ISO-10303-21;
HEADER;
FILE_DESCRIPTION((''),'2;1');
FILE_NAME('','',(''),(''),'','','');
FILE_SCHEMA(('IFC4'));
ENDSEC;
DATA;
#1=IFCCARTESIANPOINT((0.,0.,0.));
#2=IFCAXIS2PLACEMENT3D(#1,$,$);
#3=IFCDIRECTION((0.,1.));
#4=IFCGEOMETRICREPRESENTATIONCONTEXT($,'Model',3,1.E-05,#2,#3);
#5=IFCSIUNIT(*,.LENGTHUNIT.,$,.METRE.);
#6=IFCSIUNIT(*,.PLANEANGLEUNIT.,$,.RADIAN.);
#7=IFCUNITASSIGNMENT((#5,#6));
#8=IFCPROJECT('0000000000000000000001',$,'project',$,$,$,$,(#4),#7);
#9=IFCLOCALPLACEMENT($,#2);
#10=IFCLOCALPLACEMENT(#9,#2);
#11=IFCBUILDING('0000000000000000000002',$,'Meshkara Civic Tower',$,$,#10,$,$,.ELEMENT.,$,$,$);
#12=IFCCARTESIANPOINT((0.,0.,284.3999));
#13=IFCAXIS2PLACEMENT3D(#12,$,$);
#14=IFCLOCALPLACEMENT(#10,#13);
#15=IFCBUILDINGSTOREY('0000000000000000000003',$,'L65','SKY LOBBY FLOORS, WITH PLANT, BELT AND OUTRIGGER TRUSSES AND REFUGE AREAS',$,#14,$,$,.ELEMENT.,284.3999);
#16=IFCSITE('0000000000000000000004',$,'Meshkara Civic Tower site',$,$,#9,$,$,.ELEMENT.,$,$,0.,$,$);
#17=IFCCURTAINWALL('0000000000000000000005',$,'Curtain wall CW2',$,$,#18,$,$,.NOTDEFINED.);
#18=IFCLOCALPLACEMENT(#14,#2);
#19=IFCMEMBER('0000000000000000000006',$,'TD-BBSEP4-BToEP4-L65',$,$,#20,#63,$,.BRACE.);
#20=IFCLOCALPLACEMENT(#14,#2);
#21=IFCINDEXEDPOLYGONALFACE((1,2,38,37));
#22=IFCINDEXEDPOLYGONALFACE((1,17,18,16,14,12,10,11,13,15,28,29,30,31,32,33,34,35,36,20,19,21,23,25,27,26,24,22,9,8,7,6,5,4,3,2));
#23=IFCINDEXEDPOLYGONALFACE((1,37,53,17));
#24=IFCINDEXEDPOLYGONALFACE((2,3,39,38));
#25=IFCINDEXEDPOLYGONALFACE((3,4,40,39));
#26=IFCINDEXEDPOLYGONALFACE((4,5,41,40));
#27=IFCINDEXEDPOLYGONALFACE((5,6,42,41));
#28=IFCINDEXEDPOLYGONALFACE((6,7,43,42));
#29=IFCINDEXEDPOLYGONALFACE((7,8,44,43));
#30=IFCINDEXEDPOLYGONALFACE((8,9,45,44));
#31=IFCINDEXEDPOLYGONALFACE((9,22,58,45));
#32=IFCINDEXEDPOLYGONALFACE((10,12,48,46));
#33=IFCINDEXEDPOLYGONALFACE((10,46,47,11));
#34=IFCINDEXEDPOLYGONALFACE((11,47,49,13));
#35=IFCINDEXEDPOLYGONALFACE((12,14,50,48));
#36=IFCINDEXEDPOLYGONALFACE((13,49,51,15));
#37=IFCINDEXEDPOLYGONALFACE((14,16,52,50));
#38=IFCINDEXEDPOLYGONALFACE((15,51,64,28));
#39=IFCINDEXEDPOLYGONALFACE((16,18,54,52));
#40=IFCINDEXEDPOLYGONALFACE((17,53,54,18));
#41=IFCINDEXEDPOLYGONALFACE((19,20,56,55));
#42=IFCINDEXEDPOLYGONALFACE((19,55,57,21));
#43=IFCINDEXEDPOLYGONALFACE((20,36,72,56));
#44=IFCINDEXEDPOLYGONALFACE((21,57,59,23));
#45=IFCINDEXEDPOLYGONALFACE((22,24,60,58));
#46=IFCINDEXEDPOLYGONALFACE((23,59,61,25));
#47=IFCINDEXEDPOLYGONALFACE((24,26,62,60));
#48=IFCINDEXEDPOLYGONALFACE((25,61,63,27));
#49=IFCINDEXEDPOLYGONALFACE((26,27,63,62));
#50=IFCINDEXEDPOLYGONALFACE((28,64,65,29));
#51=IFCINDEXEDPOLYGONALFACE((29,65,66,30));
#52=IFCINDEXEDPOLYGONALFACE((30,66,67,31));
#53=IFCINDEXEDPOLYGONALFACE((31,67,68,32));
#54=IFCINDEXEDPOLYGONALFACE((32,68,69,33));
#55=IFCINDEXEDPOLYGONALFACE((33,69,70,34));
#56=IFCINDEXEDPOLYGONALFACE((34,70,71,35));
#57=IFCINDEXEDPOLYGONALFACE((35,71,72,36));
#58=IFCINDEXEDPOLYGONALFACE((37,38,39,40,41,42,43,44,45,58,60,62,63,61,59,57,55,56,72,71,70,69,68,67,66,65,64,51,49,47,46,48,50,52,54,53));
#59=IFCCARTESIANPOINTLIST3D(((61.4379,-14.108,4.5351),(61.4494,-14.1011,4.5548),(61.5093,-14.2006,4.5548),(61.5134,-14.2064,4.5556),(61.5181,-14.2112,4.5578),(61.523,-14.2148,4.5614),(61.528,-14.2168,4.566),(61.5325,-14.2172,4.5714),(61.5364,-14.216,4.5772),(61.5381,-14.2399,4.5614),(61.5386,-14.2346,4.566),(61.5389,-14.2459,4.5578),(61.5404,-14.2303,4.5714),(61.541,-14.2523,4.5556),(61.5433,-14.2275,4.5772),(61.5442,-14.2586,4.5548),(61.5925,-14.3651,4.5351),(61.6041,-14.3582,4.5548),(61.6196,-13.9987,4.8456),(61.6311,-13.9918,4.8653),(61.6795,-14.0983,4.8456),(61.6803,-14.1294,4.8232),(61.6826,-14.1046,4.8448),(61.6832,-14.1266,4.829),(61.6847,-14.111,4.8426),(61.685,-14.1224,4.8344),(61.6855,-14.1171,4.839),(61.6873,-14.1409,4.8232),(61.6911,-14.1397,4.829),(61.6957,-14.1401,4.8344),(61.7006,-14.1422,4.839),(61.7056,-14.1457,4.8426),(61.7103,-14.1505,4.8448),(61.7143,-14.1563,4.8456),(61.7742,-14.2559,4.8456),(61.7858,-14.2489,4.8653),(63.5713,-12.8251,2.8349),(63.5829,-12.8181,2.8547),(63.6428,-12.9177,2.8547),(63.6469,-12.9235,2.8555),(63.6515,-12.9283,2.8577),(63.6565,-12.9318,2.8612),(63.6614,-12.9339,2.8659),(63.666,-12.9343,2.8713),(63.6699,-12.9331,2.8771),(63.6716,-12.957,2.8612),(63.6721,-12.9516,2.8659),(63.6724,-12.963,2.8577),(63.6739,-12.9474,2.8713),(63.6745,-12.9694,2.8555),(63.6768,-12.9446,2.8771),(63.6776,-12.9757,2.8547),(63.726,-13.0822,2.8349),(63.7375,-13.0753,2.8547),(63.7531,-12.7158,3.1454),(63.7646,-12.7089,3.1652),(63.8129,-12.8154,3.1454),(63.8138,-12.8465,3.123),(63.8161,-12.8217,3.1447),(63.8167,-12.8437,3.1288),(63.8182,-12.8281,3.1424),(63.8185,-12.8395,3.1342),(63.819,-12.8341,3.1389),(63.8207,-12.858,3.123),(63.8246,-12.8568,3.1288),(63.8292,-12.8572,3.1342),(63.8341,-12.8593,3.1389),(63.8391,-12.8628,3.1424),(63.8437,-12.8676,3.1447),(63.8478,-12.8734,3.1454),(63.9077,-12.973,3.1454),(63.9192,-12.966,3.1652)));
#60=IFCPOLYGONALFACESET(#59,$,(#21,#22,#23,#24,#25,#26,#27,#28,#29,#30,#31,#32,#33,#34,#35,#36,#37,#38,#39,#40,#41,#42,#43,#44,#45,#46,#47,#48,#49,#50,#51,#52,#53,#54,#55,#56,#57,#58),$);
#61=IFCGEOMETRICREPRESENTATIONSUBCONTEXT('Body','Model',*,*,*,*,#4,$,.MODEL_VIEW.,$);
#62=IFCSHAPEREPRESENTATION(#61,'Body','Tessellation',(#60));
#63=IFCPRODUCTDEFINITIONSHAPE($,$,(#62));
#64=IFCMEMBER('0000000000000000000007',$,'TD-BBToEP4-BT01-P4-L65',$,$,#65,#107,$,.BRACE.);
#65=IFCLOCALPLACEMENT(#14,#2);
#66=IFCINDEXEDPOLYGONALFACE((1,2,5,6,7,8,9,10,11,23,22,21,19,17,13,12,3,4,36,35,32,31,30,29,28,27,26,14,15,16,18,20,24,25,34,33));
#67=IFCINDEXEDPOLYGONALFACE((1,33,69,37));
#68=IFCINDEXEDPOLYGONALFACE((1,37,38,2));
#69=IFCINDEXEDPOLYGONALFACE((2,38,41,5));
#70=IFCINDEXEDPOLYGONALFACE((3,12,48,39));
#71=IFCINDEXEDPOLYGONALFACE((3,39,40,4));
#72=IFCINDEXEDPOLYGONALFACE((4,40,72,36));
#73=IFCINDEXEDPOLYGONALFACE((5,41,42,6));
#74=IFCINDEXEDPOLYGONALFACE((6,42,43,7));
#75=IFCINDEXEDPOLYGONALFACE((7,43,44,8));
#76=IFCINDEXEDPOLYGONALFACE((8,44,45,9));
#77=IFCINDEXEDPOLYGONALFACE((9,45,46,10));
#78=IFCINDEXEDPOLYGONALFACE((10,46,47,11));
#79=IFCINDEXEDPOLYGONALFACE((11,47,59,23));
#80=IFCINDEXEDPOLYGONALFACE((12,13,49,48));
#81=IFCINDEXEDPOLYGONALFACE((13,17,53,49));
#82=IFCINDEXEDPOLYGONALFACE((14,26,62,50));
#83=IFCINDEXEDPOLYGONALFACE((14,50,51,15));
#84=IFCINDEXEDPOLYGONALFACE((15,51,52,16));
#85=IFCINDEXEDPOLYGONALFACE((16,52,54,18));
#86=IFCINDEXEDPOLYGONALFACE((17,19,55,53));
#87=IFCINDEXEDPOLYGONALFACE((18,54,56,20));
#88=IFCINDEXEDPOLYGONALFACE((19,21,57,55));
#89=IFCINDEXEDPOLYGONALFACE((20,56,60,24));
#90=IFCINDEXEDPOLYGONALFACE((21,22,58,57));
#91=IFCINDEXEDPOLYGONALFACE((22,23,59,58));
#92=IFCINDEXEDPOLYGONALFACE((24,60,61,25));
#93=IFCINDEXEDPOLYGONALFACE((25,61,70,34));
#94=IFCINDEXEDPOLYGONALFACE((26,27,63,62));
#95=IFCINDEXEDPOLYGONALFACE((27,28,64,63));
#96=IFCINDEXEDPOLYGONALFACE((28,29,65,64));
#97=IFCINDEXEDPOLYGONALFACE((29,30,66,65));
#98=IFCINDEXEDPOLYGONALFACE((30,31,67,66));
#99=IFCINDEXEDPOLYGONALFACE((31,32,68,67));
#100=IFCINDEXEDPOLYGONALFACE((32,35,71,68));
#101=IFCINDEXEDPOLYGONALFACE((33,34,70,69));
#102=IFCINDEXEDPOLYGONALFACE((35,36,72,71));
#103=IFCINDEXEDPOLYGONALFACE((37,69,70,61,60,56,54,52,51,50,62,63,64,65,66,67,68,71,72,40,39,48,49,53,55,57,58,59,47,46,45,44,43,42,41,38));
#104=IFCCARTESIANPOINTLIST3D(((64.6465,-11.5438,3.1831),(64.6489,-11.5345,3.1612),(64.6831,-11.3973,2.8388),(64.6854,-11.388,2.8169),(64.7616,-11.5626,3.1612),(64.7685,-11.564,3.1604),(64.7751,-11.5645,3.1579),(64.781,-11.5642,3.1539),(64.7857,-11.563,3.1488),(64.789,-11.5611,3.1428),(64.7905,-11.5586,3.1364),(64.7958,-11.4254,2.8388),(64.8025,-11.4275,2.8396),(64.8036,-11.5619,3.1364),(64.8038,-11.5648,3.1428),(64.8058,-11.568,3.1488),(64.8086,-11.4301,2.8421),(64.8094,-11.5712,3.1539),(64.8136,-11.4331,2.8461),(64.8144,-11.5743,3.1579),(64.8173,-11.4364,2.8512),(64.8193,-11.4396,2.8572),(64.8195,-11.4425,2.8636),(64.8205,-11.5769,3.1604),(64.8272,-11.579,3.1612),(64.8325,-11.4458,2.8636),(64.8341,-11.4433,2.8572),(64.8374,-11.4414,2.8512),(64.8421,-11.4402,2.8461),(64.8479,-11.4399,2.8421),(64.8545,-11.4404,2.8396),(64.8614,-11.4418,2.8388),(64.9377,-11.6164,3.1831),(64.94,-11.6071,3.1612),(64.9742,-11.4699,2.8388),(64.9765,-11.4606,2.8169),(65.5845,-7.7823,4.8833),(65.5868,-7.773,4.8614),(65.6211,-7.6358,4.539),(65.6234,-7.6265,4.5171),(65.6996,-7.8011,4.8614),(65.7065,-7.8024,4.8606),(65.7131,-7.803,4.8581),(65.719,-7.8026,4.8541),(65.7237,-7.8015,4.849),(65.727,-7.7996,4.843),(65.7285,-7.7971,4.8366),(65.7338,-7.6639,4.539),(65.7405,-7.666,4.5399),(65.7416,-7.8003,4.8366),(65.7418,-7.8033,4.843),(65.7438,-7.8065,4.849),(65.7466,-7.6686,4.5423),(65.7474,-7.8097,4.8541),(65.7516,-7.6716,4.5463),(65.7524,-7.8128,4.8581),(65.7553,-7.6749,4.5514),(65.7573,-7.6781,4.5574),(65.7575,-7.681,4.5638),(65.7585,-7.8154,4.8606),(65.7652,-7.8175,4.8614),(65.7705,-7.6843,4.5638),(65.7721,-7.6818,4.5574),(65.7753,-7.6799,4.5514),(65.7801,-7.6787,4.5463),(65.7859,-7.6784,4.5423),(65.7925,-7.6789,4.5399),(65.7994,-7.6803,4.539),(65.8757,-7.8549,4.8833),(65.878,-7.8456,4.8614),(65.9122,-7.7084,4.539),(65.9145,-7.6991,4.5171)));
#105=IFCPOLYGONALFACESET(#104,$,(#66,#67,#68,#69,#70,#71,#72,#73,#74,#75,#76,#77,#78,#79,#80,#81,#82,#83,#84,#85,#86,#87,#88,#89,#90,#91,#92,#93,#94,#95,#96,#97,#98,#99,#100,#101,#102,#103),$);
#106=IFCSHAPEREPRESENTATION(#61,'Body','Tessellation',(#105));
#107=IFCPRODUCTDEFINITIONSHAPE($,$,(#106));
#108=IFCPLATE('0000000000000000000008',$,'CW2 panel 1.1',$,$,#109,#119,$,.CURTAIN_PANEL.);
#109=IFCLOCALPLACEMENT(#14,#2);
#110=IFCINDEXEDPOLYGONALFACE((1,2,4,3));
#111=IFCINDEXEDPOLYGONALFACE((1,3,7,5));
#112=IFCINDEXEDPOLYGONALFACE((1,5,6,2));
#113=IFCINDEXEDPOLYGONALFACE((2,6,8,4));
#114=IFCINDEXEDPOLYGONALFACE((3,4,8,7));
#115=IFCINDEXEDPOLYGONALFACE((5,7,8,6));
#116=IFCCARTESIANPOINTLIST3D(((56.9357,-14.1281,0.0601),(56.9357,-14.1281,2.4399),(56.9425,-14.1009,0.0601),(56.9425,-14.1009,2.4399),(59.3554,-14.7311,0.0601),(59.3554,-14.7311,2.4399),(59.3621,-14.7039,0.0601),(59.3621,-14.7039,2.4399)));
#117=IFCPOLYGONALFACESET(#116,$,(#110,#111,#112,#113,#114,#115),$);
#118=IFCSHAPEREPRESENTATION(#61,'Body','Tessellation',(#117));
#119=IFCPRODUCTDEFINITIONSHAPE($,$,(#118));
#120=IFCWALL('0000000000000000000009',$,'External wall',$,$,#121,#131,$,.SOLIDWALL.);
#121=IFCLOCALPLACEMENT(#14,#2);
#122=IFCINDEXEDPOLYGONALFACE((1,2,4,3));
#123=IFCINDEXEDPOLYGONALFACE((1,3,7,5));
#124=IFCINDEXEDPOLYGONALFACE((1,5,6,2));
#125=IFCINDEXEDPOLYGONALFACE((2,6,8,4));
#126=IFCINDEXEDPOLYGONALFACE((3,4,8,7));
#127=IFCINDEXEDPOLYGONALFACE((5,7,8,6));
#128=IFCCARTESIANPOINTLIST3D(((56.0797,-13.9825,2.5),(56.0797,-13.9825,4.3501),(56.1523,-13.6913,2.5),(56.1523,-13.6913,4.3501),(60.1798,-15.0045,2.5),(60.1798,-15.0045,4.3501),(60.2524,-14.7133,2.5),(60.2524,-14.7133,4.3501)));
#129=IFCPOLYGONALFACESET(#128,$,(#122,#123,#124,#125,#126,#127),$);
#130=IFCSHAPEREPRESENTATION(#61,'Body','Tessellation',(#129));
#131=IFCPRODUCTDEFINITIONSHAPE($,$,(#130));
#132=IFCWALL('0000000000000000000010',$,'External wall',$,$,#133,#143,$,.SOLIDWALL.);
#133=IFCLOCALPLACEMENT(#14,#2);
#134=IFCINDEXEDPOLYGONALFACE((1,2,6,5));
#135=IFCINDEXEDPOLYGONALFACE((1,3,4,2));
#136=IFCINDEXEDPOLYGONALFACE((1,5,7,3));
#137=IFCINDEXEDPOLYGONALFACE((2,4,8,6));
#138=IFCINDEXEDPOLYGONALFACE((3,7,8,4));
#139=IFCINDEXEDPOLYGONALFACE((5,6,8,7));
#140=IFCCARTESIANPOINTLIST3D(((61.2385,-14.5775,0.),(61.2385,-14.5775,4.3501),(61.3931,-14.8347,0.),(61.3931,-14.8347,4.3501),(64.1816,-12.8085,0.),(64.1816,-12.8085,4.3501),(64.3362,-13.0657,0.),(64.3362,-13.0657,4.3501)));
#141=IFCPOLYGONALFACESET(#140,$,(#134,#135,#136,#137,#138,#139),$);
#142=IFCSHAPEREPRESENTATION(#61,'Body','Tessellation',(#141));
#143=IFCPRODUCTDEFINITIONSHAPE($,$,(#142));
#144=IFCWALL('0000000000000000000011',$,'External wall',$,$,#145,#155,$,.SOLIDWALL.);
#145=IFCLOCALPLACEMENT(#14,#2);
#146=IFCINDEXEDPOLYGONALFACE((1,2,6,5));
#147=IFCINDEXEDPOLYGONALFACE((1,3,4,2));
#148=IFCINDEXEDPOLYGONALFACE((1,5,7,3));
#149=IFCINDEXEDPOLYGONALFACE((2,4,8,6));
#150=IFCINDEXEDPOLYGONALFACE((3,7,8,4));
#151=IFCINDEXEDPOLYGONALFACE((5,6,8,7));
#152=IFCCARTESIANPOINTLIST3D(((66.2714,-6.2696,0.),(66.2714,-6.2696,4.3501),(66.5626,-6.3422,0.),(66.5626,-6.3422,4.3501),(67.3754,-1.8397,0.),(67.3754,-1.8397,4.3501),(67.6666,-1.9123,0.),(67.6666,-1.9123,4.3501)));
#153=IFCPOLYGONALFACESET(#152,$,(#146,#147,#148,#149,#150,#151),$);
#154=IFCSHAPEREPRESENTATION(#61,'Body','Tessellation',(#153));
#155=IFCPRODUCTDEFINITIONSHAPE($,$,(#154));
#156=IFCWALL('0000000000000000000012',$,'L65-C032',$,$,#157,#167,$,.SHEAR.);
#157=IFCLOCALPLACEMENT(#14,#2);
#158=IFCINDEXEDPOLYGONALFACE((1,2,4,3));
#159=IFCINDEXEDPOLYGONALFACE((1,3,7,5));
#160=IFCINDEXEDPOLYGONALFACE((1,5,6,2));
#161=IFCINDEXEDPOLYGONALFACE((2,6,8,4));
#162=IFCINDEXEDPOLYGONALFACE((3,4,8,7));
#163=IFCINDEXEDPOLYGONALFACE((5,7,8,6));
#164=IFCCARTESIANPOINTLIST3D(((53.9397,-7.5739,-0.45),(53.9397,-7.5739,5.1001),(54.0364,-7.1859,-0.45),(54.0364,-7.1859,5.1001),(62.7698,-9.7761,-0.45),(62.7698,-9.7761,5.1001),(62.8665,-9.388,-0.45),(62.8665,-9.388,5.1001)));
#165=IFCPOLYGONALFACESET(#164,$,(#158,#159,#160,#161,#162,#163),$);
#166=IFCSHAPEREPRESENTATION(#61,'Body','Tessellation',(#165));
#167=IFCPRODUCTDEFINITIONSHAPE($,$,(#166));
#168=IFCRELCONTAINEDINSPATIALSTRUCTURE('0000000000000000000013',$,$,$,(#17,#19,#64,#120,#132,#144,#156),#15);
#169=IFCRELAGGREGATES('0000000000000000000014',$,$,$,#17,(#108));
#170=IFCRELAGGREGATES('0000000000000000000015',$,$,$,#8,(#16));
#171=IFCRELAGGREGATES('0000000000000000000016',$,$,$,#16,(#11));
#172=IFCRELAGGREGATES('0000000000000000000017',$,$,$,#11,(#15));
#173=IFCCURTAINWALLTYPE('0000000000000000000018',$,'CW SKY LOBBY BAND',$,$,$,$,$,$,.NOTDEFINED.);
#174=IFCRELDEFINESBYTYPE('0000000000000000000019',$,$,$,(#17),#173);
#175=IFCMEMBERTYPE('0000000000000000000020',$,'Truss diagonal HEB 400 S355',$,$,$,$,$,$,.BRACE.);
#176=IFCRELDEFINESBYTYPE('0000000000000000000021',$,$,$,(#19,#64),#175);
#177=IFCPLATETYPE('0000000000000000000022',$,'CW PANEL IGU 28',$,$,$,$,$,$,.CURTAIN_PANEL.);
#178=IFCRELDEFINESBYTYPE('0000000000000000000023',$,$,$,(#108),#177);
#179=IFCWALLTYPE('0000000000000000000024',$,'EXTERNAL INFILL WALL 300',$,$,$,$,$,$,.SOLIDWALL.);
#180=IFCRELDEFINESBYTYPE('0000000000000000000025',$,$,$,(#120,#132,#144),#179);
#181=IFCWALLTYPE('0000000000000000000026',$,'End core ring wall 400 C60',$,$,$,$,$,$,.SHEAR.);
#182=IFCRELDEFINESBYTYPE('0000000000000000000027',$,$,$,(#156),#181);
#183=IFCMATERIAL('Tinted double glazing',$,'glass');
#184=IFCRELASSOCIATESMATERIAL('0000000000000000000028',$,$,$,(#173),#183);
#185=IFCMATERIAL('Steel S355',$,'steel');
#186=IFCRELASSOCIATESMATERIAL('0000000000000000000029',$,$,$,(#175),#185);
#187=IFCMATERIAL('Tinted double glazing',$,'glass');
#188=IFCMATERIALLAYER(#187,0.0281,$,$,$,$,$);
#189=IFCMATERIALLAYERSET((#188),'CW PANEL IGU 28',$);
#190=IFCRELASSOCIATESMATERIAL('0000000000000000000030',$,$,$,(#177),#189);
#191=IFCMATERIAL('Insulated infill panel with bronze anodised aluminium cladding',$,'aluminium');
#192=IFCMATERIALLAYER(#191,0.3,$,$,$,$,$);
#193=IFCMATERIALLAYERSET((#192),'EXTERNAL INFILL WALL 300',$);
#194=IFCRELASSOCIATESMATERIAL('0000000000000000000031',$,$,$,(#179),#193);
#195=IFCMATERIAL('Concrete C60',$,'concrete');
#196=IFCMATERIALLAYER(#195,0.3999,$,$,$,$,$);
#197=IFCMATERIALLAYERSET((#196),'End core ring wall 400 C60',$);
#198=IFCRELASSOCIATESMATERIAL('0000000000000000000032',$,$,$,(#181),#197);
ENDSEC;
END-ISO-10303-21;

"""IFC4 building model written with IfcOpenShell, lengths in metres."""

from ifc_helpers import new_model, si_unit, direction, frame, frame_2d, origin, origin_2d, place, context, subcontext, project, spatial, rectangle, i_section, extrude, material, layer, layer_set, material_profile, profile_set, type_object, element, aggregate, save


model = new_model("IFC4")

# Units and contexts
model_context = context("Model", 3, precision=1e-05, world=origin(), true_north=direction((0.0, 1.0)))
body_context = subcontext(model_context, "Body", "Model", "MODEL_VIEW")
ifc_project = project(units=[si_unit("LENGTHUNIT", "METRE"), si_unit("PLANEANGLEUNIT", "RADIAN")], contexts=[model_context])

# Site, building, storey
site_placement = place(None, origin())
site = spatial("IfcSite", under=ifc_project, at=site_placement, Name="Meshkara Civic Tower site", CompositionType="ELEMENT", RefElevation=0.0)
building_placement = place(site_placement, origin())
building = spatial("IfcBuilding", under=site, at=building_placement, Name="Meshkara Civic Tower", CompositionType="ELEMENT")
storey_placement = place(building_placement, frame((0.0, 0.0, 284.3999)))
storey = spatial("IfcBuildingStorey", under=building, at=storey_placement, Name="L65", Description="SKY LOBBY FLOORS, WITH PLANT, BELT AND OUTRIGGER TRUSSES AND REFUGE AREAS", CompositionType="ELEMENT", Elevation=284.3999)

# Shared definitions
ifc_material_1 = material(Name="Tinted double glazing", Category="glass")
curtain_wall_type = type_object("IfcCurtainWallType", Name="CW SKY LOBBY BAND", PredefinedType="NOTDEFINED", material=ifc_material_1)

# Curtain wall
curtain_wall_1_placement = place(storey_placement, origin())
curtain_wall_1 = element("IfcCurtainWall", 1, at=curtain_wall_1_placement, inside=storey, type_object=curtain_wall_type, Name="Curtain wall CW2", PredefinedType="NOTDEFINED")

# Members
ifc_material_2 = material(Name="Steel S355", Category="steel")
ifc_material_profile_1 = material_profile(ifc_material_2, i_section(OverallWidth=0.3, OverallDepth=0.3999, WebThickness=0.0134, FlangeThickness=0.0239, FilletRadius=0.0271, at=origin_2d()))
ifc_profile_set_1 = profile_set([ifc_material_profile_1], Name="Steel S355")
member_type_1 = type_object("IfcMemberType", Name="Truss diagonal HEB 400 S355", PredefinedType="BRACE", material=ifc_profile_set_1)
member_1_placement = place(storey_placement, frame((61.6118, -14.1785, 4.7002), z_axis=(0.707704, 0.425562, -0.563961), x_axis=(-0.515332, 0.856991, 0.0)))
element("IfcMember", 2, at=member_1_placement, inside=storey, type_object=member_type_1, Name="TD-BBSEP4-BToEP4-L65", PredefinedType="BRACE", context=body_context, shape_type="SweptSolid", body=[
    extrude(i_section(OverallWidth=0.3, OverallDepth=0.3999, WebThickness=0.0134, FlangeThickness=0.0239, FilletRadius=0.0271, at=origin_2d()), origin(), (0.0, 0.0, 1.0), 3.0146),
])
member_2_placement = place(storey_placement, frame((64.8115, -11.5022, 3.0), z_axis=(0.221584, 0.888585, 0.401643), x_axis=(-0.970287, 0.241958, 0.0)))
element("IfcMember", 3, at=member_2_placement, inside=storey, type_object=member_type_1, Name="TD-BBToEP4-BT01-P4-L65", PredefinedType="BRACE", context=body_context, shape_type="SweptSolid", body=[
    extrude(i_section(OverallWidth=0.3, OverallDepth=0.3999, WebThickness=0.0134, FlangeThickness=0.0239, FilletRadius=0.0271, at=origin_2d()), origin(), (0.0, 0.0, 1.0), 4.2332),
])

# Plate
ifc_material_3 = material(Name="Tinted double glazing", Category="glass")
ifc_layer_1 = layer(ifc_material_3, 0.0281)
ifc_layer_set_1 = layer_set([ifc_layer_1], Name="CW PANEL IGU 28")
plate_type = type_object("IfcPlateType", Name="CW PANEL IGU 28", PredefinedType="CURTAIN_PANEL", material=ifc_layer_set_1)
plate_placement = place(storey_placement, frame((58.1489, -14.416, 0.0601), z_axis=(0.0, 0.0, 1.0), x_axis=(0.970322, -0.241815, 0.0)))
plate = element("IfcPlate", 4, at=plate_placement, type_object=plate_type, Name="CW2 panel 1.1", PredefinedType="CURTAIN_PANEL", context=body_context, shape_type="SweptSolid", body=[
    extrude(rectangle(XDim=2.4937, YDim=0.0281, at=origin_2d()), origin(), (0.0, 0.0, 1.0), 2.3799),
])
aggregate(curtain_wall_1, [plate])

# Walls
ifc_material_4 = material(Name="Insulated infill panel with bronze anodised aluminium cladding", Category="aluminium")
ifc_layer_2 = layer(ifc_material_4, 0.3)
ifc_layer_set_2 = layer_set([ifc_layer_2], Name="EXTERNAL INFILL WALL 300")
wall_type_1 = type_object("IfcWallType", Name="EXTERNAL INFILL WALL 300", PredefinedType="SOLIDWALL", material=ifc_layer_set_2)
wall_1_placement = place(storey_placement, frame((56.116, -13.8369, 2.5), z_axis=(0.0, 0.0, 1.0), x_axis=(0.970312, -0.241856, 0.0)))
element("IfcWall", 5, at=wall_1_placement, inside=storey, type_object=wall_type_1, Name="External wall", PredefinedType="SOLIDWALL", context=body_context, shape_type="SweptSolid", body=[
    extrude(rectangle(XDim=4.2256, YDim=0.3, at=frame_2d((2.1128, 0.0))), origin(), (0.0, 0.0, 1.0), 1.8501),
])
wall_2_placement = place(storey_placement, frame((61.3159, -14.7061, 0.0), z_axis=(0.0, 0.0, 1.0), x_axis=(0.857085, 0.515175, 0.0)))
element("IfcWall", 6, at=wall_2_placement, inside=storey, type_object=wall_type_1, Name="External wall", PredefinedType="SOLIDWALL", context=body_context, shape_type="SweptSolid", body=[
    extrude(rectangle(XDim=3.4338, YDim=0.3, at=frame_2d((1.7168, 0.0))), origin(), (0.0, 0.0, 1.0), 4.3501),
])

# Walls
wall_3_placement = place(storey_placement, frame((66.417, -6.3059, 0.0), z_axis=(0.0, 0.0, 1.0), x_axis=(0.241818, 0.970322, 0.0)))
element("IfcWall", 7, at=wall_3_placement, inside=storey, type_object=wall_type_1, Name="External wall", PredefinedType="SOLIDWALL", context=body_context, shape_type="SweptSolid", body=[
    extrude(rectangle(XDim=4.5654, YDim=0.3, at=frame_2d((2.2827, 0.0))), origin(), (0.0, 0.0, 1.0), 4.3501),
])
ifc_material_5 = material(Name="Concrete C60", Category="concrete")
ifc_layer_3 = layer(ifc_material_5, 0.3999)
ifc_layer_set_3 = layer_set([ifc_layer_3], Name="End core ring wall 400 C60")
wall_type_2 = type_object("IfcWallType", Name="End core ring wall 400 C60", PredefinedType="SHEAR", material=ifc_layer_set_3)
wall_4_placement = place(storey_placement, frame((53.988, -7.3799, -0.45), z_axis=(0.0, 0.0, 1.0), x_axis=(0.970281, -0.24198, 0.0)))
element("IfcWall", 8, at=wall_4_placement, inside=storey, type_object=wall_type_2, Name="L65-C032", PredefinedType="SHEAR", context=body_context, shape_type="SweptSolid", body=[
    extrude(rectangle(XDim=9.1006, YDim=0.3999, at=frame_2d((4.5503, 0.0))), origin(), (0.0, 0.0, 1.0), 5.55),
])

save(model, "model.ifc")
